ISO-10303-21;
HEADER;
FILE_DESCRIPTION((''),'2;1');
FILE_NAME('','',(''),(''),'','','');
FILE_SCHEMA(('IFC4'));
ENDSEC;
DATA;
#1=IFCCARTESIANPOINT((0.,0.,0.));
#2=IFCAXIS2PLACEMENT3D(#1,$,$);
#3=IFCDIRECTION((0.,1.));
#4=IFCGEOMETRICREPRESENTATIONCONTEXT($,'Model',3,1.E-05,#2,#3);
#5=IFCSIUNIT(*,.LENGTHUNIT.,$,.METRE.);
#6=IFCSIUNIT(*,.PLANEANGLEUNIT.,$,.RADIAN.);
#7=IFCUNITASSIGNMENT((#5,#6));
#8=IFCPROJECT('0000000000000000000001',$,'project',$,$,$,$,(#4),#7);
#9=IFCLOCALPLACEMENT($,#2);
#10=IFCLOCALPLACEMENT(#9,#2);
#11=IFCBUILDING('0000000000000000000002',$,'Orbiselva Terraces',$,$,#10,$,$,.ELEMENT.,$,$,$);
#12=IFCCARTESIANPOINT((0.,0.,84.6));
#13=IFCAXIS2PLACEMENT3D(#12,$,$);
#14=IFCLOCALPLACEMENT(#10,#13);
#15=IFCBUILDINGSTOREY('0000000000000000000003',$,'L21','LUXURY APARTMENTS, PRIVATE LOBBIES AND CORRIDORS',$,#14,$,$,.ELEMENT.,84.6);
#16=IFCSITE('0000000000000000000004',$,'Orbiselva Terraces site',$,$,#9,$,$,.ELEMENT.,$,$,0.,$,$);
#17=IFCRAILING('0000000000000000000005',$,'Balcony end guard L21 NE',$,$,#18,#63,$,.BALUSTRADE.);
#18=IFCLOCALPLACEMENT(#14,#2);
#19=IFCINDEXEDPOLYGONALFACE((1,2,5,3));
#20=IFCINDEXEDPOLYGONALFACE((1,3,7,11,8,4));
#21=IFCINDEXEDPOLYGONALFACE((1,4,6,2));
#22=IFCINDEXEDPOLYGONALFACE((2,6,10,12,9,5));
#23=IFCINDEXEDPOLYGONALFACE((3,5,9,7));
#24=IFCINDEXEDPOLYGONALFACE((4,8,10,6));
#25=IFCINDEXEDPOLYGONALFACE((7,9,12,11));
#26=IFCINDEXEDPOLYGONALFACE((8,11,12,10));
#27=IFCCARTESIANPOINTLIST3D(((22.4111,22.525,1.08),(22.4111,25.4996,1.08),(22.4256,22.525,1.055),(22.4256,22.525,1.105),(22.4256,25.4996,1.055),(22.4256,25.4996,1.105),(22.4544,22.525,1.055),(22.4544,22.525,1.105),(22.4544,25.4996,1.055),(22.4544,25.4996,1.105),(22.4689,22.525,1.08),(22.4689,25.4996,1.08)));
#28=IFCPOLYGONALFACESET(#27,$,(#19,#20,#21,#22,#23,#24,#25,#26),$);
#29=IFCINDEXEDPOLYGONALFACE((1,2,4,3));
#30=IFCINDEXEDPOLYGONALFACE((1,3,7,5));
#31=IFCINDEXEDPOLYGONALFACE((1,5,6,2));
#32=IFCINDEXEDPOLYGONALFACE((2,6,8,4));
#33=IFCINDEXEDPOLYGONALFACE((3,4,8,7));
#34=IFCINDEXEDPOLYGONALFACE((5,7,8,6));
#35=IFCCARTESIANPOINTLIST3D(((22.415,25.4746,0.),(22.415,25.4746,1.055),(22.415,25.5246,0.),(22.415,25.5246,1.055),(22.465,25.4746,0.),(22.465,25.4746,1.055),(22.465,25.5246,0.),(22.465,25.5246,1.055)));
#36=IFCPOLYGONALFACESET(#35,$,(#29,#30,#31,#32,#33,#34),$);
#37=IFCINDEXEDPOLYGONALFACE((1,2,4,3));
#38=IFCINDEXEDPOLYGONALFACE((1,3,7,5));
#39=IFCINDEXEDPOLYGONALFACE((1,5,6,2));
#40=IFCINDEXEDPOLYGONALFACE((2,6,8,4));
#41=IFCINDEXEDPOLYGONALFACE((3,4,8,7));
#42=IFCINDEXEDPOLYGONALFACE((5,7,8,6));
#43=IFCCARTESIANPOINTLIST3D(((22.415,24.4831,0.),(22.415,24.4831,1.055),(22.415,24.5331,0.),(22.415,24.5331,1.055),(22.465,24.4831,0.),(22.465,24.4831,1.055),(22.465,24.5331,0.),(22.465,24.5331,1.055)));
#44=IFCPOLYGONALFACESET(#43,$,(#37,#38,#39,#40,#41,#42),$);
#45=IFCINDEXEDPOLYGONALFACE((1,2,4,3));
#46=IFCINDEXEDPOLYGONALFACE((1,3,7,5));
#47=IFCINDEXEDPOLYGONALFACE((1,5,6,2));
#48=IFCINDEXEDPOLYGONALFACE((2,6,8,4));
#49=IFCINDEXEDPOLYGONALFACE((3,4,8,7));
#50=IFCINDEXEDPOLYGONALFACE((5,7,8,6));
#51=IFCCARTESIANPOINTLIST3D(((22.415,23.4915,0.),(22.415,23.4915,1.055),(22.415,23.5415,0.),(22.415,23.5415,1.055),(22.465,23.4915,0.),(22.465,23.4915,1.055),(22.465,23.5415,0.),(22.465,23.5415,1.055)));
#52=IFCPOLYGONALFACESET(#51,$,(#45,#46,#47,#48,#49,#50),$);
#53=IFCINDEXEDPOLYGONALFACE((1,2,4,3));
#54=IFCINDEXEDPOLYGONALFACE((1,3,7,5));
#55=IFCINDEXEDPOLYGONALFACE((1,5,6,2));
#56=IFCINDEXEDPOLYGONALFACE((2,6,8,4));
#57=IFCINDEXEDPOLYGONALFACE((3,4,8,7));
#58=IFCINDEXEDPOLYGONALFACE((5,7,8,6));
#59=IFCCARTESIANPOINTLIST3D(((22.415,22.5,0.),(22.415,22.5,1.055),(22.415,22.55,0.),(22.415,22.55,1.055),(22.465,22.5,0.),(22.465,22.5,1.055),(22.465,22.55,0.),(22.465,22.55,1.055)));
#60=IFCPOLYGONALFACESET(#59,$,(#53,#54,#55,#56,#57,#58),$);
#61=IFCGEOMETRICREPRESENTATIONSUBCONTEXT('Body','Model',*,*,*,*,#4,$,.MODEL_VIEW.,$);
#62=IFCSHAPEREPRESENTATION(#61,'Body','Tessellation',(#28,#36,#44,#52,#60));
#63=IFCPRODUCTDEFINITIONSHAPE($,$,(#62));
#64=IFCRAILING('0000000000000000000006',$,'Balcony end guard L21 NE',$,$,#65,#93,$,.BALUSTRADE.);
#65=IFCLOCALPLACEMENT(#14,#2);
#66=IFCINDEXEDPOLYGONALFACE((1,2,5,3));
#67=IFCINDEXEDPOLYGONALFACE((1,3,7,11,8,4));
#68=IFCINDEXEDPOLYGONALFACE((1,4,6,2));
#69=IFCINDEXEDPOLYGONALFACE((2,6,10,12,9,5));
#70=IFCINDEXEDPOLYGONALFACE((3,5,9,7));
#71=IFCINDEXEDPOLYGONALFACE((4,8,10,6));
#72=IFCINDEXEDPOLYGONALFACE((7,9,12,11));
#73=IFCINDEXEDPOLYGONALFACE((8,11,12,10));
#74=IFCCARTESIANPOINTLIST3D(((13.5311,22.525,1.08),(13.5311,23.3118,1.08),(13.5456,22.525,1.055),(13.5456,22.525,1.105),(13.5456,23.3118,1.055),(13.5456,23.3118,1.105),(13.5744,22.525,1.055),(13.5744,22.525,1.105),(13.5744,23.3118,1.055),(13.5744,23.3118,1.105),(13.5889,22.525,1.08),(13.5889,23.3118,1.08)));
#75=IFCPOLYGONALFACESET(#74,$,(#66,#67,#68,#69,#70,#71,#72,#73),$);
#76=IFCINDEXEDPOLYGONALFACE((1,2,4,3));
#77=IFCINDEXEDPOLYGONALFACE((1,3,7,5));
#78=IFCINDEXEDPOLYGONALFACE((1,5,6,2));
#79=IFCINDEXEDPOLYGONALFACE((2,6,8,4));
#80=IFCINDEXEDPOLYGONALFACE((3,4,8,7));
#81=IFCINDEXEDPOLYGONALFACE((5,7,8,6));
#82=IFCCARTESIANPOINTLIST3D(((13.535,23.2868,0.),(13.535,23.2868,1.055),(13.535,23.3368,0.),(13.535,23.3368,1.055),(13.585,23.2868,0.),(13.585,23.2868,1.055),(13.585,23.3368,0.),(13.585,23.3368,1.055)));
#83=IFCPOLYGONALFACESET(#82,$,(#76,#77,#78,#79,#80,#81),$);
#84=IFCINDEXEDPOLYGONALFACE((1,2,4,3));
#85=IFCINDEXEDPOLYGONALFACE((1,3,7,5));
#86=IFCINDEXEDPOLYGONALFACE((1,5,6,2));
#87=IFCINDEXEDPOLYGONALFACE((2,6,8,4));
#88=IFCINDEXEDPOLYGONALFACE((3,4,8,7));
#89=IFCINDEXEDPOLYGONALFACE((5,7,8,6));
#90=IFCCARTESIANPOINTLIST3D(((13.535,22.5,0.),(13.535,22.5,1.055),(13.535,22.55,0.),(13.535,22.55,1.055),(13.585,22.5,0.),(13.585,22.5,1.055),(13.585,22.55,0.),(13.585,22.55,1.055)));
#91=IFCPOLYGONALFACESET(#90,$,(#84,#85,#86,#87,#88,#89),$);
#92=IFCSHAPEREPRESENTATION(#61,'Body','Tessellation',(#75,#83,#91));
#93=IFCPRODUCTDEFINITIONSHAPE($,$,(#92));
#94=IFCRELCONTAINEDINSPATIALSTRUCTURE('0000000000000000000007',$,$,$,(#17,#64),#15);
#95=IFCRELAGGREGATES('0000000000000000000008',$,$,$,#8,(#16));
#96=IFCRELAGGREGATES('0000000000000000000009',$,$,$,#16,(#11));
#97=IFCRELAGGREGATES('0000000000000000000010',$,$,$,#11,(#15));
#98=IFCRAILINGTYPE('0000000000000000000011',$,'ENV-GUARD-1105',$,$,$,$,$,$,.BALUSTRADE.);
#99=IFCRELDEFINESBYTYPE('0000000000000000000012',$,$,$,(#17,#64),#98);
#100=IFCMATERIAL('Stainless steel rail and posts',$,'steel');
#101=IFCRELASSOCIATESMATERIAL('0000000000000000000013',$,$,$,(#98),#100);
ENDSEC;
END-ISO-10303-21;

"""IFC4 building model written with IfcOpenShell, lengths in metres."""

from ifc_helpers import new_model, si_unit, direction, frame, origin, origin_2d, place, context, subcontext, project, spatial, polyline, rectangle, outline, extrude, material, type_object, element, save


model = new_model("IFC4")

# Units and contexts
model_context = context("Model", 3, precision=1e-05, world=origin(), true_north=direction((0.0, 1.0)))
body_context = subcontext(model_context, "Body", "Model", "MODEL_VIEW")
ifc_project = project(units=[si_unit("LENGTHUNIT", "METRE"), si_unit("PLANEANGLEUNIT", "RADIAN")], contexts=[model_context])

# Site, building, storey
site_placement = place(None, origin())
site = spatial("IfcSite", under=ifc_project, at=site_placement, Name="Orbiselva Terraces site", CompositionType="ELEMENT", RefElevation=0.0)
building_placement = place(site_placement, origin())
building = spatial("IfcBuilding", under=site, at=building_placement, Name="Orbiselva Terraces", CompositionType="ELEMENT")
storey_placement = place(building_placement, frame((0.0, 0.0, 84.6)))
storey = spatial("IfcBuildingStorey", under=building, at=storey_placement, Name="L21", Description="LUXURY APARTMENTS, PRIVATE LOBBIES AND CORRIDORS", CompositionType="ELEMENT", Elevation=84.6)

# Railings
ifc_material_1 = material(Name="Stainless steel rail and posts", Category="steel")
railing_type_1 = type_object("IfcRailingType", Name="ENV-GUARD-1105", PredefinedType="BALUSTRADE", material=ifc_material_1)
railing_1_placement = place(storey_placement, frame((22.44, 25.4996, 0.0)))
element("IfcRailing", 1, at=railing_1_placement, inside=storey, type_object=railing_type_1, Name="Balcony end guard L21 NE", PredefinedType="BALUSTRADE", context=body_context, shape_type="SweptSolid", body=[
    extrude(outline(polyline([(0.0289, 0.0), (0.0144, 0.025), (-0.0144, 0.025), (-0.0289, 0.0), (-0.0144, -0.025), (0.0144, -0.025), (0.0289, 0.0)])), frame((0.0, 0.0, 1.08), z_axis=(0.0, -1.0, 0.0), x_axis=(1.0, 0.0, 0.0)), (0.0, 0.0, 1.0), 2.9746),
    extrude(rectangle(XDim=0.05, YDim=0.05, at=origin_2d()), origin(), (0.0, 0.0, 1.0), 1.055),
    extrude(rectangle(XDim=0.05, YDim=0.05, at=origin_2d()), frame((0.0, -0.9915, 0.0)), (0.0, 0.0, 1.0), 1.055),
    extrude(rectangle(XDim=0.05, YDim=0.05, at=origin_2d()), frame((0.0, -1.9831, 0.0)), (0.0, 0.0, 1.0), 1.055),
    extrude(rectangle(XDim=0.05, YDim=0.05, at=origin_2d()), frame((0.0, -2.9746, 0.0)), (0.0, 0.0, 1.0), 1.055),
])
railing_2_placement = place(storey_placement, frame((13.56, 23.3118, 0.0)))
element("IfcRailing", 2, at=railing_2_placement, inside=storey, type_object=railing_type_1, Name="Balcony end guard L21 NE", PredefinedType="BALUSTRADE", context=body_context, shape_type="SweptSolid", body=[
    extrude(outline(polyline([(0.0289, 0.0), (0.0144, 0.025), (-0.0144, 0.025), (-0.0289, 0.0), (-0.0144, -0.025), (0.0144, -0.025), (0.0289, 0.0)])), frame((0.0, 0.0, 1.08), z_axis=(0.0, -1.0, 0.0), x_axis=(1.0, 0.0, 0.0)), (0.0, 0.0, 1.0), 0.7868),
    extrude(rectangle(XDim=0.05, YDim=0.05, at=origin_2d()), origin(), (0.0, 0.0, 1.0), 1.055),
    extrude(rectangle(XDim=0.05, YDim=0.05, at=origin_2d()), frame((0.0, -0.7868, 0.0)), (0.0, 0.0, 1.0), 1.055),
])

save(model, "model.ifc")
